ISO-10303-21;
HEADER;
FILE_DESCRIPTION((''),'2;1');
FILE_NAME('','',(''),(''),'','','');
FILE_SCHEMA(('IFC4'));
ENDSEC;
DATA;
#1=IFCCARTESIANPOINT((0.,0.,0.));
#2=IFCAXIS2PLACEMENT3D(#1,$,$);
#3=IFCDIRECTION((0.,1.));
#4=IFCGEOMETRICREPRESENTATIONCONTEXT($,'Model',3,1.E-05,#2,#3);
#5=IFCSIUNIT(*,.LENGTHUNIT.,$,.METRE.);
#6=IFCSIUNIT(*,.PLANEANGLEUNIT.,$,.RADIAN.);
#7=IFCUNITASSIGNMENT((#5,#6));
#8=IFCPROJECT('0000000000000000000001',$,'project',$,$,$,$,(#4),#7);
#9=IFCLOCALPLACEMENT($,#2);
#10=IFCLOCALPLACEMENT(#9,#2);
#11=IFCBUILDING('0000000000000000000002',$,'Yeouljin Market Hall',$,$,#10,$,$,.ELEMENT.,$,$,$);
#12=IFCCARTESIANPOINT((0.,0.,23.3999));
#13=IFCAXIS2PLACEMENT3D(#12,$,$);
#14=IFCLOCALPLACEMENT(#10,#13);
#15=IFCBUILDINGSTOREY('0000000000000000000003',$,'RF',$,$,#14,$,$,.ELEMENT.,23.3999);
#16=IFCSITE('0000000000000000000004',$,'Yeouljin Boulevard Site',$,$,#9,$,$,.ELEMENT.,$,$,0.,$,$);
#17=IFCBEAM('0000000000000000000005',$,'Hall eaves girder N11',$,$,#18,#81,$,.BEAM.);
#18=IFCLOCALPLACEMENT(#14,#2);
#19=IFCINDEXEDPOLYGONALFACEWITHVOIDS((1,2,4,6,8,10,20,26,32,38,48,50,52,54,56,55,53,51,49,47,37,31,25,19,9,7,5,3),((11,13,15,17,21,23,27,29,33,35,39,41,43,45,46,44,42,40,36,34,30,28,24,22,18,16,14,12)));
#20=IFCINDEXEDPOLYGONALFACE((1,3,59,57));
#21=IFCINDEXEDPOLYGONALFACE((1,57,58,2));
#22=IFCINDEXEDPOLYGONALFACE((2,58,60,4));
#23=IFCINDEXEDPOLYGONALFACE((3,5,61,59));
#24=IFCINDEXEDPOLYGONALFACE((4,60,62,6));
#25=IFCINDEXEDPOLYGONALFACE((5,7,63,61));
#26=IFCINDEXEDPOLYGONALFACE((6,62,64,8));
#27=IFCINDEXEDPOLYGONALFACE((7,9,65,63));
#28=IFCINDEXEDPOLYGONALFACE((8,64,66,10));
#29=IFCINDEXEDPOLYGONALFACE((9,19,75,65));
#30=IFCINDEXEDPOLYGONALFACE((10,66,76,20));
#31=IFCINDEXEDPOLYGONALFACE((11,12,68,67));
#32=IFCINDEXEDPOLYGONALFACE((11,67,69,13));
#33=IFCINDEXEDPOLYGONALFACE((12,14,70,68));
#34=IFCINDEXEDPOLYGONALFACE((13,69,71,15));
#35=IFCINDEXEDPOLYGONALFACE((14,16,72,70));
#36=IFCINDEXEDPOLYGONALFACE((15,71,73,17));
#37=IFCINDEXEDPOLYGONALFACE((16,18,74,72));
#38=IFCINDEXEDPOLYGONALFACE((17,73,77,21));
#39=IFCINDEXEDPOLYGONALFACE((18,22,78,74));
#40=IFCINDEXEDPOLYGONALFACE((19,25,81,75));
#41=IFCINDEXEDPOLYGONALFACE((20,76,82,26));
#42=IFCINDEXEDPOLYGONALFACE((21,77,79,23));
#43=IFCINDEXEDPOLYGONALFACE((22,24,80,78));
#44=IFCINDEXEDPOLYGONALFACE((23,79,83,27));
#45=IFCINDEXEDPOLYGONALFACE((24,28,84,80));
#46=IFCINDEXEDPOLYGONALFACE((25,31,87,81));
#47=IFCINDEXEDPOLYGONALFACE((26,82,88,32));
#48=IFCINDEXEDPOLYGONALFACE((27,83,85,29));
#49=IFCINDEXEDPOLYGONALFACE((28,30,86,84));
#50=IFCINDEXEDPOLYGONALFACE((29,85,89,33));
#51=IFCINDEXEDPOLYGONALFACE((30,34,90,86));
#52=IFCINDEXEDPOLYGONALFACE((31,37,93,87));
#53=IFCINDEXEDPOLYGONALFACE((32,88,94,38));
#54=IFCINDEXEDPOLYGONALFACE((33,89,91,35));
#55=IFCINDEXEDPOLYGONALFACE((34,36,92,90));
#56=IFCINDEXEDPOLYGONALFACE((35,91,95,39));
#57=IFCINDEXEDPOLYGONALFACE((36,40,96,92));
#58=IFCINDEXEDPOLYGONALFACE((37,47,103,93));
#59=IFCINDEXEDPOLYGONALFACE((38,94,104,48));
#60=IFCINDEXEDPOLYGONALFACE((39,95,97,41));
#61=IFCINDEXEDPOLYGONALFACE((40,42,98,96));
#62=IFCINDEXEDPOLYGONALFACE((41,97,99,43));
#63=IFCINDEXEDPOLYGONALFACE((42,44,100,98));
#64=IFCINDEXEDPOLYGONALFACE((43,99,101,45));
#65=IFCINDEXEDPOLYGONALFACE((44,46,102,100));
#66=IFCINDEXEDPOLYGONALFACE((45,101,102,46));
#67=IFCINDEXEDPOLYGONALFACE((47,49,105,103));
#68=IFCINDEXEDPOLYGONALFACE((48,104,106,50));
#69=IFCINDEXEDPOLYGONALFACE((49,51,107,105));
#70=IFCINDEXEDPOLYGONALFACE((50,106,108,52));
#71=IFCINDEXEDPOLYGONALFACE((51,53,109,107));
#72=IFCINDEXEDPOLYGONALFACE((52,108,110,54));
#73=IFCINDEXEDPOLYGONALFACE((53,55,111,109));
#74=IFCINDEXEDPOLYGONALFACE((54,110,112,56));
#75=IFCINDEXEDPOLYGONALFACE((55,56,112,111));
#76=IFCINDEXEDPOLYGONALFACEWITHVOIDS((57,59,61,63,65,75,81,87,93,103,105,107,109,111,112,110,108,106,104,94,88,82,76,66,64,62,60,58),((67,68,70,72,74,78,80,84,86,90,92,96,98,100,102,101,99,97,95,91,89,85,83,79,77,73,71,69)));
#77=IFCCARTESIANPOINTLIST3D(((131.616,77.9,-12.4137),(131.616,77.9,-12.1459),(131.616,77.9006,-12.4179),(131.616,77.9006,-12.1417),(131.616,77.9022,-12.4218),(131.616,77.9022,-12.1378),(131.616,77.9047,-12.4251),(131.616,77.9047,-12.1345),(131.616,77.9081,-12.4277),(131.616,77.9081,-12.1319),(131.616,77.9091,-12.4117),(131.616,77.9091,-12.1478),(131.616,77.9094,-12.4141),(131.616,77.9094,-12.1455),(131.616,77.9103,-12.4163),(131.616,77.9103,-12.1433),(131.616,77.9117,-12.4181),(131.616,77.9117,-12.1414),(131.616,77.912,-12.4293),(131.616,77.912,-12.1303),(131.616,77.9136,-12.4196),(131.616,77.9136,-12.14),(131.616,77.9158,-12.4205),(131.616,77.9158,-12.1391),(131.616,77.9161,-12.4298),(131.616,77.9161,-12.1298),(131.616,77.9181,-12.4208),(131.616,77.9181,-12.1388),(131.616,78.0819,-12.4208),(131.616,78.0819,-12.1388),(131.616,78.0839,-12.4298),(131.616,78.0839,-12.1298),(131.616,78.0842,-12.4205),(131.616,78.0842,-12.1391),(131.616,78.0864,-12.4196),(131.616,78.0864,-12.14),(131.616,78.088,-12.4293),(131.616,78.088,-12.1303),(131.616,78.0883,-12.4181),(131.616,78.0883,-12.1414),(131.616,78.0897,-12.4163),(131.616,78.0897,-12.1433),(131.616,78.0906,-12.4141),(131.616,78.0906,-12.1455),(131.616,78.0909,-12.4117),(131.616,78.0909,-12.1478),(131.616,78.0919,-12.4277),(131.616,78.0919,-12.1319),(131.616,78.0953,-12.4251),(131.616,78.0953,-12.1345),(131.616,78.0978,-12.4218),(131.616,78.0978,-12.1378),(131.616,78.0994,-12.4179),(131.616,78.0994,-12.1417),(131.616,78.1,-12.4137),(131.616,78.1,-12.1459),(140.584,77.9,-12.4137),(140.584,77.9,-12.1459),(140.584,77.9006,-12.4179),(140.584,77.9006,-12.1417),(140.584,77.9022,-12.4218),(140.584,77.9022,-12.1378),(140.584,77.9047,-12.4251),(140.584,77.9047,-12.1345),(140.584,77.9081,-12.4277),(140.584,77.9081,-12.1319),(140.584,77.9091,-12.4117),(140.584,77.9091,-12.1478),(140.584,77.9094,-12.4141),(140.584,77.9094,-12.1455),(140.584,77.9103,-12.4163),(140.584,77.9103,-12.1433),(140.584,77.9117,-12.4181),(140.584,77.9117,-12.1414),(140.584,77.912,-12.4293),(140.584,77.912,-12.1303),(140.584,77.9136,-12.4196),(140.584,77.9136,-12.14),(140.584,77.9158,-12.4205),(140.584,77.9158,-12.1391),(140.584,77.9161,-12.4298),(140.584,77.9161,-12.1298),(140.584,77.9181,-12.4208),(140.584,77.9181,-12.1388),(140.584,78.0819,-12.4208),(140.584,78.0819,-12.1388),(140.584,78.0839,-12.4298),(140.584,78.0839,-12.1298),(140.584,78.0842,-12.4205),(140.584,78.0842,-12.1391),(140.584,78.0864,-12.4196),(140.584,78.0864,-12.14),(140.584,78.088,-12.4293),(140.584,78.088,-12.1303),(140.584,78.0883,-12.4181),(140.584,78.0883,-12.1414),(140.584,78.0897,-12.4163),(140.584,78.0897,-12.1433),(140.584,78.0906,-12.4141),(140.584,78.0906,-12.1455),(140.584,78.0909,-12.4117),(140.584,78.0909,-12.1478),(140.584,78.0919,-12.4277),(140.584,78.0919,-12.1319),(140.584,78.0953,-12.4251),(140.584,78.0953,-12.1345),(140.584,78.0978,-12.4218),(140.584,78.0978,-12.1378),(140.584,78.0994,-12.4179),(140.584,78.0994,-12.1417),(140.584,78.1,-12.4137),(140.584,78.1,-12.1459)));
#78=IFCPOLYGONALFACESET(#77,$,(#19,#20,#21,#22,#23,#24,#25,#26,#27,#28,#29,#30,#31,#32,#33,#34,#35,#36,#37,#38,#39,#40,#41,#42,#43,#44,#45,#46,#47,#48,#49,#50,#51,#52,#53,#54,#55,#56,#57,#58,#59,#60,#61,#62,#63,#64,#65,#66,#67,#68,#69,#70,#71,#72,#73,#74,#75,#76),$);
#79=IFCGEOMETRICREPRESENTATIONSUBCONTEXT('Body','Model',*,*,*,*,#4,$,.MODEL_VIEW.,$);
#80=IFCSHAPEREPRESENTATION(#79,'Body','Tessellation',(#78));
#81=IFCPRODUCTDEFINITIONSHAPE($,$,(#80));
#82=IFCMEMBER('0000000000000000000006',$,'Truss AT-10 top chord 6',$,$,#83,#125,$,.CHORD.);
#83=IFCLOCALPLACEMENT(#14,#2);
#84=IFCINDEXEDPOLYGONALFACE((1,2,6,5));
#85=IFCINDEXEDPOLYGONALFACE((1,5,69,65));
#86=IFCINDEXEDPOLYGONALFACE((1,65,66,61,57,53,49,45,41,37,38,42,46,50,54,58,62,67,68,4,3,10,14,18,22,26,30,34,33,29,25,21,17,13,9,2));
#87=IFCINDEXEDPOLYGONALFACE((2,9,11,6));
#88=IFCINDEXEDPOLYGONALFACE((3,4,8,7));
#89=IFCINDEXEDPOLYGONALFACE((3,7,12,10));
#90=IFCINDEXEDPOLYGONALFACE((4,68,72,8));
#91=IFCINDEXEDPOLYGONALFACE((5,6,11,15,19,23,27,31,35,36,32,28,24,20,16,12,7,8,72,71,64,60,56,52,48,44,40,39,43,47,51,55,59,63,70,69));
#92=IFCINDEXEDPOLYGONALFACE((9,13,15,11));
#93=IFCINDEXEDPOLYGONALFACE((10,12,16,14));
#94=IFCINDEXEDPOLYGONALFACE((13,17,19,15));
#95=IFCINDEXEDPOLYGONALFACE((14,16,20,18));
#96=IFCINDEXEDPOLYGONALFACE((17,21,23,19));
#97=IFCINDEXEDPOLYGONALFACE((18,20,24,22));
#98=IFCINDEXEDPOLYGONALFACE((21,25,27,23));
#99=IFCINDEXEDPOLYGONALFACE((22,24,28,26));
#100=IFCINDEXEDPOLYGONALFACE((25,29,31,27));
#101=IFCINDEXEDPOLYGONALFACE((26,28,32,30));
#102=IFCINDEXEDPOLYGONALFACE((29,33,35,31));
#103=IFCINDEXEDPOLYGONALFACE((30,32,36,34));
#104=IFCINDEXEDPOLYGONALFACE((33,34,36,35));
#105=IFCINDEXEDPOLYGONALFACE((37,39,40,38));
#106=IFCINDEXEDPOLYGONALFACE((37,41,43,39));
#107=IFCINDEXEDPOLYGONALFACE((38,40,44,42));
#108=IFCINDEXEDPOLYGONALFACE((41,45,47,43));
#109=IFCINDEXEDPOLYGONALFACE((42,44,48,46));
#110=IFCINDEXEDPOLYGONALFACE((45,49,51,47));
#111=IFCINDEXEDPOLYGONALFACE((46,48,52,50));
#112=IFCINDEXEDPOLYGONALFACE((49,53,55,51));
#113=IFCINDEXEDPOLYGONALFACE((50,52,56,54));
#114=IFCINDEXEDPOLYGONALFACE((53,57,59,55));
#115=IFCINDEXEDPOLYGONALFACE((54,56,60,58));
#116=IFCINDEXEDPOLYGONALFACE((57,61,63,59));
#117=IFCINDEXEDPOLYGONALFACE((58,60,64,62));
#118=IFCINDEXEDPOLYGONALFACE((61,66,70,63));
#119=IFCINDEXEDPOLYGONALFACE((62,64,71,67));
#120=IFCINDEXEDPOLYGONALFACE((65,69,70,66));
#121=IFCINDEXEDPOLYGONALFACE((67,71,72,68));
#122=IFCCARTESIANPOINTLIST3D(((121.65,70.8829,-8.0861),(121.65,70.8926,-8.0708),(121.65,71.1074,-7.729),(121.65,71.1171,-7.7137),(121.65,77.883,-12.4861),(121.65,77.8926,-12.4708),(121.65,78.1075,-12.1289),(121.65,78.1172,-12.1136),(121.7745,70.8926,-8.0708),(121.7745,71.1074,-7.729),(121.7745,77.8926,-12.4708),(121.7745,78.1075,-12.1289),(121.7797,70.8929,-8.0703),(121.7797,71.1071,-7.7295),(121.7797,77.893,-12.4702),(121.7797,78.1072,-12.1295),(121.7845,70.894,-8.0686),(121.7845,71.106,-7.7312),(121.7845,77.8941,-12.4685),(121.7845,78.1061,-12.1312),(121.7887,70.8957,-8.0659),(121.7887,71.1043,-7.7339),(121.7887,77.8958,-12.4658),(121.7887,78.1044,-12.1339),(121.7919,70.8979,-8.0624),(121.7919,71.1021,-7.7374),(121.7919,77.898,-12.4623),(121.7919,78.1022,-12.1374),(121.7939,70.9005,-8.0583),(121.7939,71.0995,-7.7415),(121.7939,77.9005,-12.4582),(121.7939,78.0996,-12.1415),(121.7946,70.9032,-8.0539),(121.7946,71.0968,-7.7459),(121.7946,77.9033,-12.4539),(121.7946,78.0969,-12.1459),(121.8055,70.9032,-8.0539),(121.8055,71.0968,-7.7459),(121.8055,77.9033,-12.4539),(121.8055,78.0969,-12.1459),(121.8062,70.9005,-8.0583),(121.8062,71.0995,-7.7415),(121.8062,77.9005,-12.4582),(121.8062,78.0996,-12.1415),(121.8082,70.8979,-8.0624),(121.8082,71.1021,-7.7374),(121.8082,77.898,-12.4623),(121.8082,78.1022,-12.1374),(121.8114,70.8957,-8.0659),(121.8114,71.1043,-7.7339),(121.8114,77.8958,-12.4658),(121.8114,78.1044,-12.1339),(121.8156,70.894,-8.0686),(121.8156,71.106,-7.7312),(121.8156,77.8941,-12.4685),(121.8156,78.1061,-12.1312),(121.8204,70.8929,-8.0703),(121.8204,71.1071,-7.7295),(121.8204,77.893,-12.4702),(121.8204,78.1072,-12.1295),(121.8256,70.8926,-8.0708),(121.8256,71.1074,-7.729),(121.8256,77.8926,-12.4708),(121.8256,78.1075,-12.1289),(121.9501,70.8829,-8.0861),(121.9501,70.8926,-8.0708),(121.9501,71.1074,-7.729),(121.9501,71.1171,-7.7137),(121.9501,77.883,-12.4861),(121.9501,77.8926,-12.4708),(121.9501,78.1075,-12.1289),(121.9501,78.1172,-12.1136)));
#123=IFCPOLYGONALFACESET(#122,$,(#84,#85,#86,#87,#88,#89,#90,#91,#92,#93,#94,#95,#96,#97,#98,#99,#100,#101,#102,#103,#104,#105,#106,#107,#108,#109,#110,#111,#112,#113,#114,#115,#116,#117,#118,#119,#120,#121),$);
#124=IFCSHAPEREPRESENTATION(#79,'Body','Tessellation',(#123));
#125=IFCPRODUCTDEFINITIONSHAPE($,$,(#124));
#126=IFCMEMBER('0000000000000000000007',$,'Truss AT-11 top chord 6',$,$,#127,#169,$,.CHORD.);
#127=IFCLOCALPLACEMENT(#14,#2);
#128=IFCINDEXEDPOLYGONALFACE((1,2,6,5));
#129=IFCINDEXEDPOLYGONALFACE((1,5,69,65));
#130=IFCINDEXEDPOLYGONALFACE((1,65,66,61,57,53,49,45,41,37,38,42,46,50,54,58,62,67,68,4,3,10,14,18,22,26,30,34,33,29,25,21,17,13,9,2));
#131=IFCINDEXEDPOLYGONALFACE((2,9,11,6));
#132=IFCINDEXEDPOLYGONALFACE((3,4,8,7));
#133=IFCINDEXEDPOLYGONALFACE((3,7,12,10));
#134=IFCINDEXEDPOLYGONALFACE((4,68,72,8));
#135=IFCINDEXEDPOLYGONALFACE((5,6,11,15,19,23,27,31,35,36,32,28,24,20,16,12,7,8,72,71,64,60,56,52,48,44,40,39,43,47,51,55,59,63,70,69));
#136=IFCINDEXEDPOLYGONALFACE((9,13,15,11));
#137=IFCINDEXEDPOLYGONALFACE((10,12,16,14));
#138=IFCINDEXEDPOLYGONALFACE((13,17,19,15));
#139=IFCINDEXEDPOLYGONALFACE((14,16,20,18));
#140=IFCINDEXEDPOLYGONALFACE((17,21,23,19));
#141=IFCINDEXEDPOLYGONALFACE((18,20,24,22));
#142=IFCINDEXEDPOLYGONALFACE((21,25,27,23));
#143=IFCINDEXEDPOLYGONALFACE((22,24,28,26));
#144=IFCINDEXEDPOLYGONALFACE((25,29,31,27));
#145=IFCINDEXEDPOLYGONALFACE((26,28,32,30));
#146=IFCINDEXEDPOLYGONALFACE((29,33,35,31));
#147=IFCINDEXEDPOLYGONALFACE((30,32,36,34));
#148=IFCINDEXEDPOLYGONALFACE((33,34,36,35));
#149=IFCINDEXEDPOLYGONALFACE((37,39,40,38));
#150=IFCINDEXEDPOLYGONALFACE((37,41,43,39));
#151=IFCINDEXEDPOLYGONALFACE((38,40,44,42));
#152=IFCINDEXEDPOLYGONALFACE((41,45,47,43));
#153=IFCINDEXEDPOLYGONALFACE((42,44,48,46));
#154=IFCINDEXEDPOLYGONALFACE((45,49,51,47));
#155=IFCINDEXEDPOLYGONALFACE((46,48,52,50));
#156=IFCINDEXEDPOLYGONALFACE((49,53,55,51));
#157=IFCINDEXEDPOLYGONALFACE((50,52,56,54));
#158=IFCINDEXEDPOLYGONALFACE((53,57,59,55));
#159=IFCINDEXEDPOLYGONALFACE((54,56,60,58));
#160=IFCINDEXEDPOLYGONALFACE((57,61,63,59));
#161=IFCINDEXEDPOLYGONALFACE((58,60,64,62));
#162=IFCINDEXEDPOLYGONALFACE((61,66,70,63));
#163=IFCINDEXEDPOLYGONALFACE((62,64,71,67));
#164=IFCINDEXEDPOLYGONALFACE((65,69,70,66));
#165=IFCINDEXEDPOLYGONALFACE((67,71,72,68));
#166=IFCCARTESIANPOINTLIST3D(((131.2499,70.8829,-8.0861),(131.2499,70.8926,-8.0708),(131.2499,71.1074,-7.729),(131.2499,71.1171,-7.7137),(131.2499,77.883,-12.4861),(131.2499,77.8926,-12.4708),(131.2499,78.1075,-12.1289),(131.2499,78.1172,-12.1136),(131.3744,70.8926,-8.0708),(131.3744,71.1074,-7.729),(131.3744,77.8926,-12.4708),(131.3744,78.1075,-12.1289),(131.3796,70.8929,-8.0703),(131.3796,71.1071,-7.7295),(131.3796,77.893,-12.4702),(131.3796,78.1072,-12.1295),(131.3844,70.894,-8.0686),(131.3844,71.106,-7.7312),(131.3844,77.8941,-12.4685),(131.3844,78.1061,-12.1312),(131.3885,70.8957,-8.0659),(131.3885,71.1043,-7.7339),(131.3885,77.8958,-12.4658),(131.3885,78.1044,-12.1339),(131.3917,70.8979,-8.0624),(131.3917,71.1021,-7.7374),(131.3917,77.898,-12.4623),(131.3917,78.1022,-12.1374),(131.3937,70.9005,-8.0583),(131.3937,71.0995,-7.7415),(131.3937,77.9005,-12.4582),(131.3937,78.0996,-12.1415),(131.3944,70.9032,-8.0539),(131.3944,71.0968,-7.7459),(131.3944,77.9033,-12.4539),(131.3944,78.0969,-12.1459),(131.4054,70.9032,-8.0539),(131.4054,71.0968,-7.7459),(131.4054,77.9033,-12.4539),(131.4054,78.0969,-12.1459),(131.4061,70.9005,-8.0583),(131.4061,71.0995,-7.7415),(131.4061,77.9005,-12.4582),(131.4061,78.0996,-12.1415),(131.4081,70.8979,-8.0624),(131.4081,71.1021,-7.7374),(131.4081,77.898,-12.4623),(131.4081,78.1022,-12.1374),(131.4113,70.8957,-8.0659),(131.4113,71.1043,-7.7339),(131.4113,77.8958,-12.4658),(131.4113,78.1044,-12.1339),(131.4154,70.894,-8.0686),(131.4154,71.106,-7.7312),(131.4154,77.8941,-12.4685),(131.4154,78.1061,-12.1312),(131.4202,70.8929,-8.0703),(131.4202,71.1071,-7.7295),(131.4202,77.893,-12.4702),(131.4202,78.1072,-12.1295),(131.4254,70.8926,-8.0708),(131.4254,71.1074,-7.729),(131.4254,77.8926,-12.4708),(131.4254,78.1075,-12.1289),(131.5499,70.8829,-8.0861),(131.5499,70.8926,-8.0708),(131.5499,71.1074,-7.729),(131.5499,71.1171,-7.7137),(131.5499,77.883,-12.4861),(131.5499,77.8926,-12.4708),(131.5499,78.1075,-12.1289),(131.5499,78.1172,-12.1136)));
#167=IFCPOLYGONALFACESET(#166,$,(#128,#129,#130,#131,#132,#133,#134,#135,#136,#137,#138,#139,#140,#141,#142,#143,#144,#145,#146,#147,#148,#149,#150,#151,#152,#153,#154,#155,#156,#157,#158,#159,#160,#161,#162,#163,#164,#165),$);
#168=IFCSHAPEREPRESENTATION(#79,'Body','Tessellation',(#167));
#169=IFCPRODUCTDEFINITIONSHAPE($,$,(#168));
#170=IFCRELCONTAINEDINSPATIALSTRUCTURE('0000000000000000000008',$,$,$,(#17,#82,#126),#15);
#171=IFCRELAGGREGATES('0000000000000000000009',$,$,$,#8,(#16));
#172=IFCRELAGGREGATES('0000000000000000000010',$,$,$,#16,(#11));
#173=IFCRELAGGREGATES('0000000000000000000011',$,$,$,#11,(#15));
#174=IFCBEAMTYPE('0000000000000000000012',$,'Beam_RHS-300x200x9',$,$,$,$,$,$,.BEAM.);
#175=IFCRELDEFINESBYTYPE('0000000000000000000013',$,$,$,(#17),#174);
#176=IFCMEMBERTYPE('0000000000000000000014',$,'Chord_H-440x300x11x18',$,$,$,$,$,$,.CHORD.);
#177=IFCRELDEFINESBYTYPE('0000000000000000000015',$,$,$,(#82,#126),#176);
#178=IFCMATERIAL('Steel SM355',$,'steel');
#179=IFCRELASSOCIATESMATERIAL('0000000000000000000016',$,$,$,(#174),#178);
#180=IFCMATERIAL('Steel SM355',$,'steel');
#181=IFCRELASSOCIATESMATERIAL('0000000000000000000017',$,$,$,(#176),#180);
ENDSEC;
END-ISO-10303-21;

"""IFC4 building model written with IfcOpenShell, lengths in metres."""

from ifc_helpers import new_model, si_unit, direction, frame, origin, origin_2d, place, context, subcontext, project, spatial, hollow_rectangle, i_section, extrude, material, material_profile, profile_set, type_object, element, save


model = new_model("IFC4")

# Units and contexts
model_context = context("Model", 3, precision=1e-05, world=origin(), true_north=direction((0.0, 1.0)))
body_context = subcontext(model_context, "Body", "Model", "MODEL_VIEW")
ifc_project = project(units=[si_unit("LENGTHUNIT", "METRE"), si_unit("PLANEANGLEUNIT", "RADIAN")], contexts=[model_context])

# Site, building, storey
site_placement = place(None, origin())
site = spatial("IfcSite", under=ifc_project, at=site_placement, Name="Yeouljin Boulevard Site", CompositionType="ELEMENT", RefElevation=0.0)
building_placement = place(site_placement, origin())
building = spatial("IfcBuilding", under=site, at=building_placement, Name="Yeouljin Market Hall", CompositionType="ELEMENT")
storey_placement = place(building_placement, frame((0.0, 0.0, 23.3999)))
storey = spatial("IfcBuildingStorey", under=building, at=storey_placement, Name="RF", CompositionType="ELEMENT", Elevation=23.3999)

# Beam
ifc_material_1 = material(Name="Steel SM355", Category="steel")
ifc_material_profile_1 = material_profile(ifc_material_1, hollow_rectangle(XDim=0.2, YDim=0.3, WallThickness=0.009, InnerFilletRadius=0.009, OuterFilletRadius=0.0161, at=origin_2d()), Name="RHS-300x200x9")
ifc_profile_set_1 = profile_set([ifc_material_profile_1], Name="Steel SM355")
beam_type_1 = type_object("IfcBeamType", Name="Beam_RHS-300x200x9", PredefinedType="BEAM", material=ifc_profile_set_1)
beam_1_placement = place(storey_placement, frame((131.616, 78.0, -12.2798), z_axis=(1.0, 0.0, 0.0), x_axis=(0.0, 1.0, 0.0)))
element("IfcBeam", 1, at=beam_1_placement, inside=storey, type_object=beam_type_1, Name="Hall eaves girder N11", PredefinedType="BEAM", context=body_context, shape_type="SweptSolid", body=[
    extrude(hollow_rectangle(XDim=0.2, YDim=0.3, WallThickness=0.009, InnerFilletRadius=0.009, OuterFilletRadius=0.0161, at=origin_2d()), origin(), (0.0, 0.0, 1.0), 8.968),
])

# Members
ifc_material_2 = material(Name="Steel SM355", Category="steel")
ifc_material_profile_2 = material_profile(ifc_material_2, i_section(OverallWidth=0.3, OverallDepth=0.4399, WebThickness=0.011, FlangeThickness=0.0181, FilletRadius=0.02, at=origin_2d()), Name="H-440x300x11x18")
ifc_profile_set_2 = profile_set([ifc_material_profile_2], Name="Steel SM355")
member_type_1 = type_object("IfcMemberType", Name="Chord_H-440x300x11x18", PredefinedType="CHORD", material=ifc_profile_set_2)
for number, where, z_axis, x_axis, name in (
    (2, (121.8, 71.0, -7.8999), (0.0, 0.846642, -0.532163), (-1.0, 0.0, 0.0), "Truss AT-10 top chord 6"),
    (3, (131.3999, 71.0, -7.8999), (0.0, 0.846642, -0.532163), (-1.0, 0.0, 0.0), "Truss AT-11 top chord 6"),
):
    element("IfcMember", number, at=place(storey_placement, frame(where, z_axis=z_axis, x_axis=x_axis)), inside=storey, type_object=member_type_1, Name=name, PredefinedType="CHORD", context=body_context, shape_type="SweptSolid", body=[
        extrude(i_section(OverallWidth=0.3, OverallDepth=0.4399, WebThickness=0.011, FlangeThickness=0.0181, FilletRadius=0.02, at=origin_2d()), origin(), (0.0, 0.0, 1.0), 8.2681),
    ])

save(model, "model.ifc")
